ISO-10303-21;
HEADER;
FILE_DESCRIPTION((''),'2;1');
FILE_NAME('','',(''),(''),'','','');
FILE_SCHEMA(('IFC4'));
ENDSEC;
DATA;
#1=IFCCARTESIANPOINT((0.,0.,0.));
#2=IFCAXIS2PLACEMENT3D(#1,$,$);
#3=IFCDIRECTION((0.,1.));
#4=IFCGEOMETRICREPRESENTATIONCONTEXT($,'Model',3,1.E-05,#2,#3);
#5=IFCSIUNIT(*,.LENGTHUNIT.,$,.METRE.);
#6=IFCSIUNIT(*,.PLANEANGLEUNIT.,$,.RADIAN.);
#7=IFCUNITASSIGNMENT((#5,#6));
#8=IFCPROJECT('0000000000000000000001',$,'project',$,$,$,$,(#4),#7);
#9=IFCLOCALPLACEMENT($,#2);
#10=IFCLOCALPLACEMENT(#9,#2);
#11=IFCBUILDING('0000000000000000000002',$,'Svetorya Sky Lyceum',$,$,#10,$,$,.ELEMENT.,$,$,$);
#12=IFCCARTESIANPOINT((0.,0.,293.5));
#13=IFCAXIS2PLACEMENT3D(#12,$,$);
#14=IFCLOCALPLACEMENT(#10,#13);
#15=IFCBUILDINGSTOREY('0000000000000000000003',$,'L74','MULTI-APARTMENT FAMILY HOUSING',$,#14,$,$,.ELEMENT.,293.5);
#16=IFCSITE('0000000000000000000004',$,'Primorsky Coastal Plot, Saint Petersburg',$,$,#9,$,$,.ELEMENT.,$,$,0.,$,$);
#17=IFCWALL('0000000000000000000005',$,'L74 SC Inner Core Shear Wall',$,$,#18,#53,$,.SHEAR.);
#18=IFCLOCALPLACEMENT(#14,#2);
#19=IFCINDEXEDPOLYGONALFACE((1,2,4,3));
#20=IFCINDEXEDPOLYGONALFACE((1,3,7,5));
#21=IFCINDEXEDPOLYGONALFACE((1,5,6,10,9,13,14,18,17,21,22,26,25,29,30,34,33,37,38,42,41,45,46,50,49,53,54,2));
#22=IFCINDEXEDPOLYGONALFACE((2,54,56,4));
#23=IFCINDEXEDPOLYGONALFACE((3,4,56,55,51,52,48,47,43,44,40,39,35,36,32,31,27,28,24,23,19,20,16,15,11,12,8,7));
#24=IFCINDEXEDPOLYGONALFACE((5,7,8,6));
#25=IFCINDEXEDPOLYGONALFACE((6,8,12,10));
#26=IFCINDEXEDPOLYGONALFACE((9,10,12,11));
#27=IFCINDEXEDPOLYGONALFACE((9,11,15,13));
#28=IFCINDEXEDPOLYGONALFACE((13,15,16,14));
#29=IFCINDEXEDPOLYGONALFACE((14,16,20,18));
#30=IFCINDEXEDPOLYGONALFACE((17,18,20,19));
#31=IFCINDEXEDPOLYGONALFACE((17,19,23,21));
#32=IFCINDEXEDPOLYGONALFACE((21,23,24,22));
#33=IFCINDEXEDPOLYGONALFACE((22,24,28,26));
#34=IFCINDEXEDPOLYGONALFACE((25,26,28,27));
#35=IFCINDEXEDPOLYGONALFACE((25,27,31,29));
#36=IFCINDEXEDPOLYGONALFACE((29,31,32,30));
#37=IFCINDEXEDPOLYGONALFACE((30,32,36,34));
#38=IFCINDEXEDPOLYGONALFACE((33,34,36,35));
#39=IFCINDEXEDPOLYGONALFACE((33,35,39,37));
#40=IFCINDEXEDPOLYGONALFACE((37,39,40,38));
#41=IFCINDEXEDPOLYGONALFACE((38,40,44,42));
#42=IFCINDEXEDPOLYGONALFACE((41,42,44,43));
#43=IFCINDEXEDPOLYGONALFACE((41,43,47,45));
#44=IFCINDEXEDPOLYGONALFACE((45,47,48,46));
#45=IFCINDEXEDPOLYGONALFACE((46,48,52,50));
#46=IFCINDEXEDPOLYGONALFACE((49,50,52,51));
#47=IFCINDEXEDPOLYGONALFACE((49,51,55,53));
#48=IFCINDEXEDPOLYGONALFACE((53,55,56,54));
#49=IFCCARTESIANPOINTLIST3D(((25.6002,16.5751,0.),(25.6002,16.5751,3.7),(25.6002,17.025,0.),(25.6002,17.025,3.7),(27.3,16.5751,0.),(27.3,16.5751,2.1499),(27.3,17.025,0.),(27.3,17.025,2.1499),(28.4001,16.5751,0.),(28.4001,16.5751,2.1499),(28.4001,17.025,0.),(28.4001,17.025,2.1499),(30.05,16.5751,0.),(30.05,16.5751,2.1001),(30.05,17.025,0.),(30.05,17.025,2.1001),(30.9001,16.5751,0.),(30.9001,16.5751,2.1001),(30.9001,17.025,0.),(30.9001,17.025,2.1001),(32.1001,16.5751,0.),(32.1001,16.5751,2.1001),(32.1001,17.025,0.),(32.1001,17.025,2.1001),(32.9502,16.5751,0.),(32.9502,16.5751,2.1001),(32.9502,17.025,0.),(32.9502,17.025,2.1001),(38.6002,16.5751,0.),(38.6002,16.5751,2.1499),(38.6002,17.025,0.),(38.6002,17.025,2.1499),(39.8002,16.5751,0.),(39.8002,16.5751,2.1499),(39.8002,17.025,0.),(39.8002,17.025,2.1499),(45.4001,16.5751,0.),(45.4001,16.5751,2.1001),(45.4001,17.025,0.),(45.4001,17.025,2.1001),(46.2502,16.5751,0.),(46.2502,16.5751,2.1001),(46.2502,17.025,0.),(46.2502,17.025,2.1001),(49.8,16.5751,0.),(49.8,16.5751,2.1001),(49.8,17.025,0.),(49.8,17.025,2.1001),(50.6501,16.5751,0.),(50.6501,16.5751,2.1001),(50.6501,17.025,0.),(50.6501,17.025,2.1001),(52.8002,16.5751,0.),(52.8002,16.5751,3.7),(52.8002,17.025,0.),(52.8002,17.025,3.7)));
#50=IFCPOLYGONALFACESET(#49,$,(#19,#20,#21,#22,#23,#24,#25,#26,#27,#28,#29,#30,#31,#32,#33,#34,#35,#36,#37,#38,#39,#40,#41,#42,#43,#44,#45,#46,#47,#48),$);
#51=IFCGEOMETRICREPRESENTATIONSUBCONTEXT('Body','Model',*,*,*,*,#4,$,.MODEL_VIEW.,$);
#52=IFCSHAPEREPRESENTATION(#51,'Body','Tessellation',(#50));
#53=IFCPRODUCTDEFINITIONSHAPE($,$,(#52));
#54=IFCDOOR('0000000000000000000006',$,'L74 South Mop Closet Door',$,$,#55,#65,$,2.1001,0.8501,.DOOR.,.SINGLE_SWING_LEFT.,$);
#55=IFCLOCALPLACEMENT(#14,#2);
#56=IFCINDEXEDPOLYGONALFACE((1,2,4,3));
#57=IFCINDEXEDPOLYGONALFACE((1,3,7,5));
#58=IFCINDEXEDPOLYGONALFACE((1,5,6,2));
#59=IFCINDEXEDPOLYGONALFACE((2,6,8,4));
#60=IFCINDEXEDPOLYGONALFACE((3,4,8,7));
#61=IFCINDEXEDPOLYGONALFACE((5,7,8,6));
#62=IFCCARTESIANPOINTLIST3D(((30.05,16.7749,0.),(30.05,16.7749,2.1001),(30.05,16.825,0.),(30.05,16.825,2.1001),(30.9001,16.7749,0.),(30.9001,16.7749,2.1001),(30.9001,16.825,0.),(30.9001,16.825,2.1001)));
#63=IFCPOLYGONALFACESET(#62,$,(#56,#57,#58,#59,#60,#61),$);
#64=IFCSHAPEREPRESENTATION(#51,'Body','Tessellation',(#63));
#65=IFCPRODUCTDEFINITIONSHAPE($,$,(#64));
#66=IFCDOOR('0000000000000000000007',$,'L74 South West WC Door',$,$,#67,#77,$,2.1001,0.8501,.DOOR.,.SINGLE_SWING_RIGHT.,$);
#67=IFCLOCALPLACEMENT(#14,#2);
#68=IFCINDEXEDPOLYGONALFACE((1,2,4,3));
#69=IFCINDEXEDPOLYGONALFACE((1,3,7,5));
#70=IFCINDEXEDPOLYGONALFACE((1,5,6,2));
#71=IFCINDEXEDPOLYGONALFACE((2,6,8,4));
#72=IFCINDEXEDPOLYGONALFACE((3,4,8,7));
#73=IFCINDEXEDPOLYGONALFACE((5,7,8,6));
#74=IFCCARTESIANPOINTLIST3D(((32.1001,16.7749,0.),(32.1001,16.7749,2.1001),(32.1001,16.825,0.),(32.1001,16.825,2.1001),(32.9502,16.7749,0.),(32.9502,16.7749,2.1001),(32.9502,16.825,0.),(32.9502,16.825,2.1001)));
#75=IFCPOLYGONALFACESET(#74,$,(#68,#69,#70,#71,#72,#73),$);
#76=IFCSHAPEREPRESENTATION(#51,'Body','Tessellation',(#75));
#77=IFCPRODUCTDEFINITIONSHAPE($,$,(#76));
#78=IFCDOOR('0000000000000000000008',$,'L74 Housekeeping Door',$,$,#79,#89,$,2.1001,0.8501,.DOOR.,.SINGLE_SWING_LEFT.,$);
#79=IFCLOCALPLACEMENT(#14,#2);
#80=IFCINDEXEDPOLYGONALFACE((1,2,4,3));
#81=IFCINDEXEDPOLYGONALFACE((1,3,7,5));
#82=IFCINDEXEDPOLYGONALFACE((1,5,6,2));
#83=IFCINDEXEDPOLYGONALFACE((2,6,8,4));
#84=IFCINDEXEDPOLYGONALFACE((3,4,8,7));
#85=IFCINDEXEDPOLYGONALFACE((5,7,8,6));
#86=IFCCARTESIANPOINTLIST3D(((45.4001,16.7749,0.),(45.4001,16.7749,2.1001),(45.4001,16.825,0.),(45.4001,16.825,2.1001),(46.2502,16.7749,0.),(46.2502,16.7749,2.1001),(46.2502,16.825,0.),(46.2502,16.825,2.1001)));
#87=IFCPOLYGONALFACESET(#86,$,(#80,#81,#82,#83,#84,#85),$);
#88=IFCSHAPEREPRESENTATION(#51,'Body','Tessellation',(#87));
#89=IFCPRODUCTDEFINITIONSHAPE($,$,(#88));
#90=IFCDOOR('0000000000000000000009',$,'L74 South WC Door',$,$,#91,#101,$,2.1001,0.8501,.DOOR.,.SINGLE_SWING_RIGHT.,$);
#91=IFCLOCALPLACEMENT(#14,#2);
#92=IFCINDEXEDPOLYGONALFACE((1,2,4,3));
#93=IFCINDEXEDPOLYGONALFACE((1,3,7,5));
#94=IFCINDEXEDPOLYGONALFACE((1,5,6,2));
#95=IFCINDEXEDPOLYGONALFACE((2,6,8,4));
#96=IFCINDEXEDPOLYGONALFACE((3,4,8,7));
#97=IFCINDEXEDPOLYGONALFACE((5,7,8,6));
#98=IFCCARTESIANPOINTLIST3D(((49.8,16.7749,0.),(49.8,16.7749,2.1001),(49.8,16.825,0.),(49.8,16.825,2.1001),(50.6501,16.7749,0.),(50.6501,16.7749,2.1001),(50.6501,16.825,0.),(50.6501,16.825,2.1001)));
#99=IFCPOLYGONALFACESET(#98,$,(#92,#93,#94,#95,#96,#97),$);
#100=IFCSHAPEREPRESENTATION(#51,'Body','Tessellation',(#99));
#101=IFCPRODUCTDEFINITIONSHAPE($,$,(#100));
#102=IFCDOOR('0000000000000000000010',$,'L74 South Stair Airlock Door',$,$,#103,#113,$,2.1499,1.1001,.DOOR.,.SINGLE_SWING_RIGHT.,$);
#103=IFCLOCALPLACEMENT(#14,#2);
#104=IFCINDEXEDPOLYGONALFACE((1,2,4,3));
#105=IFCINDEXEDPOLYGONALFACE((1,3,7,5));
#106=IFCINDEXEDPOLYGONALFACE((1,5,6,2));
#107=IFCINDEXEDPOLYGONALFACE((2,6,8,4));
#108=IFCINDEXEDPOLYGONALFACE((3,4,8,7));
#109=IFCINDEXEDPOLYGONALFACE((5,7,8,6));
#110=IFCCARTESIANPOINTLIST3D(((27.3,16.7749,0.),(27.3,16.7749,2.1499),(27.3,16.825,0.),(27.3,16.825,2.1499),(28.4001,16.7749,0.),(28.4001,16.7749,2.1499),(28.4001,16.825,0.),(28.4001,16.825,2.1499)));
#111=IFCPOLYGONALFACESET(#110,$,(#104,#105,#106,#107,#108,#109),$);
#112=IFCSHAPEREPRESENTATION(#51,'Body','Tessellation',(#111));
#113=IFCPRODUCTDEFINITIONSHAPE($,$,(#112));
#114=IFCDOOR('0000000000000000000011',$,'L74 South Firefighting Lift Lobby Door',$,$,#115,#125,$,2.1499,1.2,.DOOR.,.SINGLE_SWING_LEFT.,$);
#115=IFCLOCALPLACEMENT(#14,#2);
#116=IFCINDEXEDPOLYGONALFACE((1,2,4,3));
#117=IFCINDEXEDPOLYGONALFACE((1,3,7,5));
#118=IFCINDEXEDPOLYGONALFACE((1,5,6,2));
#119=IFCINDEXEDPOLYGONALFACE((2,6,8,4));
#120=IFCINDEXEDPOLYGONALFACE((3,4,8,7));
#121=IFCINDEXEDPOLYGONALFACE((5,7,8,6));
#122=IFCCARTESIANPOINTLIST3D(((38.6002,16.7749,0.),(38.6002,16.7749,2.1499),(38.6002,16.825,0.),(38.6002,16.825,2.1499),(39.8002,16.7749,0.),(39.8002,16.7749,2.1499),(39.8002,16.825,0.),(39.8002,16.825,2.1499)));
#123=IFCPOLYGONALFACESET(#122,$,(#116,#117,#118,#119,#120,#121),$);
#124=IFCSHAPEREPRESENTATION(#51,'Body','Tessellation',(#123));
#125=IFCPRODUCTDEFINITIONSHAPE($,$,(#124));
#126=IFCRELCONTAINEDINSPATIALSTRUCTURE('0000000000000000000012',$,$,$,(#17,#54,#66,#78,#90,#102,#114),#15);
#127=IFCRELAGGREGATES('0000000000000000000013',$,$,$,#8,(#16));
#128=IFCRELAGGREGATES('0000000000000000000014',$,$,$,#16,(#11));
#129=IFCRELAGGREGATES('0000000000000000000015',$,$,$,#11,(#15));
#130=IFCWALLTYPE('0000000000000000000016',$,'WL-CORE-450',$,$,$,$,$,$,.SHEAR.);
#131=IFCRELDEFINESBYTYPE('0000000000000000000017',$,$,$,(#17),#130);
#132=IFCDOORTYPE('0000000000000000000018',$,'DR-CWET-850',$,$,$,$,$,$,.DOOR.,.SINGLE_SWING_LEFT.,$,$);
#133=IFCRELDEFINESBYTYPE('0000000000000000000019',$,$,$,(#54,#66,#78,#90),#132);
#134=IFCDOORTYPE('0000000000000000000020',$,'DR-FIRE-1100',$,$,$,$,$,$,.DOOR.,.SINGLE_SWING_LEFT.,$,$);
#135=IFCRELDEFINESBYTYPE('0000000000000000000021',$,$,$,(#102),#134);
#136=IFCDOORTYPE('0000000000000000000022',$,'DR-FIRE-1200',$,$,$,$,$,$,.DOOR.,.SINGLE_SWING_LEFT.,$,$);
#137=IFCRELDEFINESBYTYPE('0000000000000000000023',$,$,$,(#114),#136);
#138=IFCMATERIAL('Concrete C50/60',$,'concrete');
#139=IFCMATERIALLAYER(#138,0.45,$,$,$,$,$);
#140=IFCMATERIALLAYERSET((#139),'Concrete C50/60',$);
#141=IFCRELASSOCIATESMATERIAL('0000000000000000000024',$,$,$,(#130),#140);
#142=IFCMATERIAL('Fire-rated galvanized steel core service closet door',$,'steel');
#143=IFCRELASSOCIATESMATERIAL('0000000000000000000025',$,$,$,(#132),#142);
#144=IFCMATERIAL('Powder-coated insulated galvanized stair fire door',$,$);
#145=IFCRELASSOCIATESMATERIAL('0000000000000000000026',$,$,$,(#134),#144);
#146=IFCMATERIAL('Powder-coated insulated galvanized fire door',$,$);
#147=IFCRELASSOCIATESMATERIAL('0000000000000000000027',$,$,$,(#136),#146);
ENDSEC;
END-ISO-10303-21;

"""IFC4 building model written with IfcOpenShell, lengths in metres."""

from ifc_helpers import new_model, si_unit, direction, frame, frame_2d, origin, place, context, subcontext, project, spatial, rectangle, extrude, material, layer, layer_set, type_object, element, fill, save


model = new_model("IFC4")

# Units and contexts
model_context = context("Model", 3, precision=1e-05, world=origin(), true_north=direction((0.0, 1.0)))
body_context = subcontext(model_context, "Body", "Model", "MODEL_VIEW")
ifc_project = project(units=[si_unit("LENGTHUNIT", "METRE"), si_unit("PLANEANGLEUNIT", "RADIAN")], contexts=[model_context])

# Site, building, storey
site_placement = place(None, origin())
site = spatial("IfcSite", under=ifc_project, at=site_placement, Name="Primorsky Coastal Plot, Saint Petersburg", CompositionType="ELEMENT", RefElevation=0.0)
building_placement = place(site_placement, origin())
building = spatial("IfcBuilding", under=site, at=building_placement, Name="Svetorya Sky Lyceum", CompositionType="ELEMENT")
storey_placement = place(building_placement, frame((0.0, 0.0, 293.5)))
storey = spatial("IfcBuildingStorey", under=building, at=storey_placement, Name="L74", Description="MULTI-APARTMENT FAMILY HOUSING", CompositionType="ELEMENT", Elevation=293.5)

# Wall, openings, doors
ifc_material_1 = material(Name="Concrete C50/60", Category="concrete")
ifc_layer_1 = layer(ifc_material_1, 0.45)
ifc_layer_set_1 = layer_set([ifc_layer_1], Name="Concrete C50/60")
wall_type_1 = type_object("IfcWallType", Name="WL-CORE-450", PredefinedType="SHEAR", material=ifc_layer_set_1)
wall_1_placement = place(storey_placement, frame((25.6001, 16.8, 0.0), z_axis=(0.0, 0.0, 1.0), x_axis=(1.0, 0.0, 0.0)))
wall_1 = element("IfcWall", 1, at=wall_1_placement, inside=storey, type_object=wall_type_1, Name="L74 SC Inner Core Shear Wall", PredefinedType="SHEAR", context=body_context, shape_type="SweptSolid", body=[
    extrude(rectangle(XDim=27.2, YDim=0.45, at=frame_2d((13.6001, 0.0))), origin(), (0.0, 0.0, 1.0), 3.7),
])
opening_1_placement = place(wall_1_placement, frame((1.7, 0.0, 0.0)))
opening_1 = element("IfcOpeningElement", 2, at=opening_1_placement, cuts=wall_1, PredefinedType="OPENING", context=body_context, shape_type="SweptSolid", body=[
    extrude(rectangle(XDim=1.1001, YDim=2.1499, at=frame_2d((0.55, 1.075))), frame((0.0, 0.2349, 0.0), z_axis=(0.0, -1.0, 0.0), x_axis=(1.0, 0.0, 0.0)), (0.0, 0.0, 1.0), 0.47),
])
opening_2_placement = place(wall_1_placement, frame((4.45, 0.0, 0.0)))
opening_2 = element("IfcOpeningElement", 3, at=opening_2_placement, cuts=wall_1, PredefinedType="OPENING", context=body_context, shape_type="SweptSolid", body=[
    extrude(rectangle(XDim=0.8501, YDim=2.1001, at=frame_2d((0.425, 1.05))), frame((0.0, 0.2349, 0.0), z_axis=(0.0, -1.0, 0.0), x_axis=(1.0, 0.0, 0.0)), (0.0, 0.0, 1.0), 0.47),
])
opening_3_placement = place(wall_1_placement, frame((6.5, 0.0, 0.0)))
opening_3 = element("IfcOpeningElement", 4, at=opening_3_placement, cuts=wall_1, PredefinedType="OPENING", context=body_context, shape_type="SweptSolid", body=[
    extrude(rectangle(XDim=0.8501, YDim=2.1001, at=frame_2d((0.425, 1.05))), frame((0.0, 0.2349, 0.0), z_axis=(0.0, -1.0, 0.0), x_axis=(1.0, 0.0, 0.0)), (0.0, 0.0, 1.0), 0.47),
])
opening_4_placement = place(wall_1_placement, frame((13.0, 0.0, 0.0)))
opening_4 = element("IfcOpeningElement", 5, at=opening_4_placement, cuts=wall_1, PredefinedType="OPENING", context=body_context, shape_type="SweptSolid", body=[
    extrude(rectangle(XDim=1.2, YDim=2.1499, at=frame_2d((0.6001, 1.075))), frame((0.0, 0.2349, 0.0), z_axis=(0.0, -1.0, 0.0), x_axis=(1.0, 0.0, 0.0)), (0.0, 0.0, 1.0), 0.47),
])
opening_5_placement = place(wall_1_placement, frame((19.8, 0.0, 0.0)))
opening_5 = element("IfcOpeningElement", 6, at=opening_5_placement, cuts=wall_1, PredefinedType="OPENING", context=body_context, shape_type="SweptSolid", body=[
    extrude(rectangle(XDim=0.8501, YDim=2.1001, at=frame_2d((0.425, 1.05))), frame((0.0, 0.2349, 0.0), z_axis=(0.0, -1.0, 0.0), x_axis=(1.0, 0.0, 0.0)), (0.0, 0.0, 1.0), 0.47),
])
opening_6_placement = place(wall_1_placement, frame((24.2, 0.0, 0.0)))
opening_6 = element("IfcOpeningElement", 7, at=opening_6_placement, cuts=wall_1, PredefinedType="OPENING", context=body_context, shape_type="SweptSolid", body=[
    extrude(rectangle(XDim=0.8501, YDim=2.1001, at=frame_2d((0.425, 1.05))), frame((0.0, 0.2349, 0.0), z_axis=(0.0, -1.0, 0.0), x_axis=(1.0, 0.0, 0.0)), (0.0, 0.0, 1.0), 0.47),
])
ifc_material_2 = material(Name="Fire-rated galvanized steel core service closet door", Category="steel")
door_type_1 = type_object("IfcDoorType", Name="DR-CWET-850", OperationType="SINGLE_SWING_LEFT", PredefinedType="DOOR", material=ifc_material_2)
door_1_placement = place(opening_2_placement, origin())
door_1 = element("IfcDoor", 8, at=door_1_placement, inside=storey, type_object=door_type_1, Name="L74 South Mop Closet Door", OperationType="SINGLE_SWING_LEFT", OverallHeight=2.1001, OverallWidth=0.8501, PredefinedType="DOOR", context=body_context, shape_type="SweptSolid", body=[
    extrude(rectangle(XDim=0.8501, YDim=2.1001, at=frame_2d((0.425, 1.05))), frame((0.0, 0.0249, 0.0), z_axis=(0.0, -1.0, 0.0), x_axis=(1.0, 0.0, 0.0)), (0.0, 0.0, 1.0), 0.05),
])
fill(opening_2, door_1)
door_2_placement = place(opening_3_placement, origin())
door_2 = element("IfcDoor", 9, at=door_2_placement, inside=storey, type_object=door_type_1, Name="L74 South West WC Door", OperationType="SINGLE_SWING_RIGHT", OverallHeight=2.1001, OverallWidth=0.8501, PredefinedType="DOOR", context=body_context, shape_type="SweptSolid", body=[
    extrude(rectangle(XDim=0.8501, YDim=2.1001, at=frame_2d((0.425, 1.05))), frame((0.0, 0.0249, 0.0), z_axis=(0.0, -1.0, 0.0), x_axis=(1.0, 0.0, 0.0)), (0.0, 0.0, 1.0), 0.05),
])
fill(opening_3, door_2)
door_3_placement = place(opening_5_placement, origin())
door_3 = element("IfcDoor", 10, at=door_3_placement, inside=storey, type_object=door_type_1, Name="L74 Housekeeping Door", OperationType="SINGLE_SWING_LEFT", OverallHeight=2.1001, OverallWidth=0.8501, PredefinedType="DOOR", context=body_context, shape_type="SweptSolid", body=[
    extrude(rectangle(XDim=0.8501, YDim=2.1001, at=frame_2d((0.425, 1.05))), frame((0.0, 0.0249, 0.0), z_axis=(0.0, -1.0, 0.0), x_axis=(1.0, 0.0, 0.0)), (0.0, 0.0, 1.0), 0.05),
])
fill(opening_5, door_3)
door_4_placement = place(opening_6_placement, origin())
door_4 = element("IfcDoor", 11, at=door_4_placement, inside=storey, type_object=door_type_1, Name="L74 South WC Door", OperationType="SINGLE_SWING_RIGHT", OverallHeight=2.1001, OverallWidth=0.8501, PredefinedType="DOOR", context=body_context, shape_type="SweptSolid", body=[
    extrude(rectangle(XDim=0.8501, YDim=2.1001, at=frame_2d((0.425, 1.05))), frame((0.0, 0.0249, 0.0), z_axis=(0.0, -1.0, 0.0), x_axis=(1.0, 0.0, 0.0)), (0.0, 0.0, 1.0), 0.05),
])
fill(opening_6, door_4)
ifc_material_3 = material(Name="Powder-coated insulated galvanized stair fire door")
door_type_2 = type_object("IfcDoorType", Name="DR-FIRE-1100", OperationType="SINGLE_SWING_LEFT", PredefinedType="DOOR", material=ifc_material_3)
door_5_placement = place(opening_1_placement, origin())
door_5 = element("IfcDoor", 12, at=door_5_placement, inside=storey, type_object=door_type_2, Name="L74 South Stair Airlock Door", OperationType="SINGLE_SWING_RIGHT", OverallHeight=2.1499, OverallWidth=1.1001, PredefinedType="DOOR", context=body_context, shape_type="SweptSolid", body=[
    extrude(rectangle(XDim=1.1001, YDim=2.1499, at=frame_2d((0.55, 1.075))), frame((0.0, 0.0249, 0.0), z_axis=(0.0, -1.0, 0.0), x_axis=(1.0, 0.0, 0.0)), (0.0, 0.0, 1.0), 0.05),
])
fill(opening_1, door_5)
ifc_material_4 = material(Name="Powder-coated insulated galvanized fire door")
door_type_3 = type_object("IfcDoorType", Name="DR-FIRE-1200", OperationType="SINGLE_SWING_LEFT", PredefinedType="DOOR", material=ifc_material_4)
door_6_placement = place(opening_4_placement, origin())
door_6 = element("IfcDoor", 13, at=door_6_placement, inside=storey, type_object=door_type_3, Name="L74 South Firefighting Lift Lobby Door", OperationType="SINGLE_SWING_LEFT", OverallHeight=2.1499, OverallWidth=1.2, PredefinedType="DOOR", context=body_context, shape_type="SweptSolid", body=[
    extrude(rectangle(XDim=1.2, YDim=2.1499, at=frame_2d((0.6001, 1.075))), frame((0.0, 0.0249, 0.0), z_axis=(0.0, -1.0, 0.0), x_axis=(1.0, 0.0, 0.0)), (0.0, 0.0, 1.0), 0.05),
])
fill(opening_4, door_6)

save(model, "model.ifc")
